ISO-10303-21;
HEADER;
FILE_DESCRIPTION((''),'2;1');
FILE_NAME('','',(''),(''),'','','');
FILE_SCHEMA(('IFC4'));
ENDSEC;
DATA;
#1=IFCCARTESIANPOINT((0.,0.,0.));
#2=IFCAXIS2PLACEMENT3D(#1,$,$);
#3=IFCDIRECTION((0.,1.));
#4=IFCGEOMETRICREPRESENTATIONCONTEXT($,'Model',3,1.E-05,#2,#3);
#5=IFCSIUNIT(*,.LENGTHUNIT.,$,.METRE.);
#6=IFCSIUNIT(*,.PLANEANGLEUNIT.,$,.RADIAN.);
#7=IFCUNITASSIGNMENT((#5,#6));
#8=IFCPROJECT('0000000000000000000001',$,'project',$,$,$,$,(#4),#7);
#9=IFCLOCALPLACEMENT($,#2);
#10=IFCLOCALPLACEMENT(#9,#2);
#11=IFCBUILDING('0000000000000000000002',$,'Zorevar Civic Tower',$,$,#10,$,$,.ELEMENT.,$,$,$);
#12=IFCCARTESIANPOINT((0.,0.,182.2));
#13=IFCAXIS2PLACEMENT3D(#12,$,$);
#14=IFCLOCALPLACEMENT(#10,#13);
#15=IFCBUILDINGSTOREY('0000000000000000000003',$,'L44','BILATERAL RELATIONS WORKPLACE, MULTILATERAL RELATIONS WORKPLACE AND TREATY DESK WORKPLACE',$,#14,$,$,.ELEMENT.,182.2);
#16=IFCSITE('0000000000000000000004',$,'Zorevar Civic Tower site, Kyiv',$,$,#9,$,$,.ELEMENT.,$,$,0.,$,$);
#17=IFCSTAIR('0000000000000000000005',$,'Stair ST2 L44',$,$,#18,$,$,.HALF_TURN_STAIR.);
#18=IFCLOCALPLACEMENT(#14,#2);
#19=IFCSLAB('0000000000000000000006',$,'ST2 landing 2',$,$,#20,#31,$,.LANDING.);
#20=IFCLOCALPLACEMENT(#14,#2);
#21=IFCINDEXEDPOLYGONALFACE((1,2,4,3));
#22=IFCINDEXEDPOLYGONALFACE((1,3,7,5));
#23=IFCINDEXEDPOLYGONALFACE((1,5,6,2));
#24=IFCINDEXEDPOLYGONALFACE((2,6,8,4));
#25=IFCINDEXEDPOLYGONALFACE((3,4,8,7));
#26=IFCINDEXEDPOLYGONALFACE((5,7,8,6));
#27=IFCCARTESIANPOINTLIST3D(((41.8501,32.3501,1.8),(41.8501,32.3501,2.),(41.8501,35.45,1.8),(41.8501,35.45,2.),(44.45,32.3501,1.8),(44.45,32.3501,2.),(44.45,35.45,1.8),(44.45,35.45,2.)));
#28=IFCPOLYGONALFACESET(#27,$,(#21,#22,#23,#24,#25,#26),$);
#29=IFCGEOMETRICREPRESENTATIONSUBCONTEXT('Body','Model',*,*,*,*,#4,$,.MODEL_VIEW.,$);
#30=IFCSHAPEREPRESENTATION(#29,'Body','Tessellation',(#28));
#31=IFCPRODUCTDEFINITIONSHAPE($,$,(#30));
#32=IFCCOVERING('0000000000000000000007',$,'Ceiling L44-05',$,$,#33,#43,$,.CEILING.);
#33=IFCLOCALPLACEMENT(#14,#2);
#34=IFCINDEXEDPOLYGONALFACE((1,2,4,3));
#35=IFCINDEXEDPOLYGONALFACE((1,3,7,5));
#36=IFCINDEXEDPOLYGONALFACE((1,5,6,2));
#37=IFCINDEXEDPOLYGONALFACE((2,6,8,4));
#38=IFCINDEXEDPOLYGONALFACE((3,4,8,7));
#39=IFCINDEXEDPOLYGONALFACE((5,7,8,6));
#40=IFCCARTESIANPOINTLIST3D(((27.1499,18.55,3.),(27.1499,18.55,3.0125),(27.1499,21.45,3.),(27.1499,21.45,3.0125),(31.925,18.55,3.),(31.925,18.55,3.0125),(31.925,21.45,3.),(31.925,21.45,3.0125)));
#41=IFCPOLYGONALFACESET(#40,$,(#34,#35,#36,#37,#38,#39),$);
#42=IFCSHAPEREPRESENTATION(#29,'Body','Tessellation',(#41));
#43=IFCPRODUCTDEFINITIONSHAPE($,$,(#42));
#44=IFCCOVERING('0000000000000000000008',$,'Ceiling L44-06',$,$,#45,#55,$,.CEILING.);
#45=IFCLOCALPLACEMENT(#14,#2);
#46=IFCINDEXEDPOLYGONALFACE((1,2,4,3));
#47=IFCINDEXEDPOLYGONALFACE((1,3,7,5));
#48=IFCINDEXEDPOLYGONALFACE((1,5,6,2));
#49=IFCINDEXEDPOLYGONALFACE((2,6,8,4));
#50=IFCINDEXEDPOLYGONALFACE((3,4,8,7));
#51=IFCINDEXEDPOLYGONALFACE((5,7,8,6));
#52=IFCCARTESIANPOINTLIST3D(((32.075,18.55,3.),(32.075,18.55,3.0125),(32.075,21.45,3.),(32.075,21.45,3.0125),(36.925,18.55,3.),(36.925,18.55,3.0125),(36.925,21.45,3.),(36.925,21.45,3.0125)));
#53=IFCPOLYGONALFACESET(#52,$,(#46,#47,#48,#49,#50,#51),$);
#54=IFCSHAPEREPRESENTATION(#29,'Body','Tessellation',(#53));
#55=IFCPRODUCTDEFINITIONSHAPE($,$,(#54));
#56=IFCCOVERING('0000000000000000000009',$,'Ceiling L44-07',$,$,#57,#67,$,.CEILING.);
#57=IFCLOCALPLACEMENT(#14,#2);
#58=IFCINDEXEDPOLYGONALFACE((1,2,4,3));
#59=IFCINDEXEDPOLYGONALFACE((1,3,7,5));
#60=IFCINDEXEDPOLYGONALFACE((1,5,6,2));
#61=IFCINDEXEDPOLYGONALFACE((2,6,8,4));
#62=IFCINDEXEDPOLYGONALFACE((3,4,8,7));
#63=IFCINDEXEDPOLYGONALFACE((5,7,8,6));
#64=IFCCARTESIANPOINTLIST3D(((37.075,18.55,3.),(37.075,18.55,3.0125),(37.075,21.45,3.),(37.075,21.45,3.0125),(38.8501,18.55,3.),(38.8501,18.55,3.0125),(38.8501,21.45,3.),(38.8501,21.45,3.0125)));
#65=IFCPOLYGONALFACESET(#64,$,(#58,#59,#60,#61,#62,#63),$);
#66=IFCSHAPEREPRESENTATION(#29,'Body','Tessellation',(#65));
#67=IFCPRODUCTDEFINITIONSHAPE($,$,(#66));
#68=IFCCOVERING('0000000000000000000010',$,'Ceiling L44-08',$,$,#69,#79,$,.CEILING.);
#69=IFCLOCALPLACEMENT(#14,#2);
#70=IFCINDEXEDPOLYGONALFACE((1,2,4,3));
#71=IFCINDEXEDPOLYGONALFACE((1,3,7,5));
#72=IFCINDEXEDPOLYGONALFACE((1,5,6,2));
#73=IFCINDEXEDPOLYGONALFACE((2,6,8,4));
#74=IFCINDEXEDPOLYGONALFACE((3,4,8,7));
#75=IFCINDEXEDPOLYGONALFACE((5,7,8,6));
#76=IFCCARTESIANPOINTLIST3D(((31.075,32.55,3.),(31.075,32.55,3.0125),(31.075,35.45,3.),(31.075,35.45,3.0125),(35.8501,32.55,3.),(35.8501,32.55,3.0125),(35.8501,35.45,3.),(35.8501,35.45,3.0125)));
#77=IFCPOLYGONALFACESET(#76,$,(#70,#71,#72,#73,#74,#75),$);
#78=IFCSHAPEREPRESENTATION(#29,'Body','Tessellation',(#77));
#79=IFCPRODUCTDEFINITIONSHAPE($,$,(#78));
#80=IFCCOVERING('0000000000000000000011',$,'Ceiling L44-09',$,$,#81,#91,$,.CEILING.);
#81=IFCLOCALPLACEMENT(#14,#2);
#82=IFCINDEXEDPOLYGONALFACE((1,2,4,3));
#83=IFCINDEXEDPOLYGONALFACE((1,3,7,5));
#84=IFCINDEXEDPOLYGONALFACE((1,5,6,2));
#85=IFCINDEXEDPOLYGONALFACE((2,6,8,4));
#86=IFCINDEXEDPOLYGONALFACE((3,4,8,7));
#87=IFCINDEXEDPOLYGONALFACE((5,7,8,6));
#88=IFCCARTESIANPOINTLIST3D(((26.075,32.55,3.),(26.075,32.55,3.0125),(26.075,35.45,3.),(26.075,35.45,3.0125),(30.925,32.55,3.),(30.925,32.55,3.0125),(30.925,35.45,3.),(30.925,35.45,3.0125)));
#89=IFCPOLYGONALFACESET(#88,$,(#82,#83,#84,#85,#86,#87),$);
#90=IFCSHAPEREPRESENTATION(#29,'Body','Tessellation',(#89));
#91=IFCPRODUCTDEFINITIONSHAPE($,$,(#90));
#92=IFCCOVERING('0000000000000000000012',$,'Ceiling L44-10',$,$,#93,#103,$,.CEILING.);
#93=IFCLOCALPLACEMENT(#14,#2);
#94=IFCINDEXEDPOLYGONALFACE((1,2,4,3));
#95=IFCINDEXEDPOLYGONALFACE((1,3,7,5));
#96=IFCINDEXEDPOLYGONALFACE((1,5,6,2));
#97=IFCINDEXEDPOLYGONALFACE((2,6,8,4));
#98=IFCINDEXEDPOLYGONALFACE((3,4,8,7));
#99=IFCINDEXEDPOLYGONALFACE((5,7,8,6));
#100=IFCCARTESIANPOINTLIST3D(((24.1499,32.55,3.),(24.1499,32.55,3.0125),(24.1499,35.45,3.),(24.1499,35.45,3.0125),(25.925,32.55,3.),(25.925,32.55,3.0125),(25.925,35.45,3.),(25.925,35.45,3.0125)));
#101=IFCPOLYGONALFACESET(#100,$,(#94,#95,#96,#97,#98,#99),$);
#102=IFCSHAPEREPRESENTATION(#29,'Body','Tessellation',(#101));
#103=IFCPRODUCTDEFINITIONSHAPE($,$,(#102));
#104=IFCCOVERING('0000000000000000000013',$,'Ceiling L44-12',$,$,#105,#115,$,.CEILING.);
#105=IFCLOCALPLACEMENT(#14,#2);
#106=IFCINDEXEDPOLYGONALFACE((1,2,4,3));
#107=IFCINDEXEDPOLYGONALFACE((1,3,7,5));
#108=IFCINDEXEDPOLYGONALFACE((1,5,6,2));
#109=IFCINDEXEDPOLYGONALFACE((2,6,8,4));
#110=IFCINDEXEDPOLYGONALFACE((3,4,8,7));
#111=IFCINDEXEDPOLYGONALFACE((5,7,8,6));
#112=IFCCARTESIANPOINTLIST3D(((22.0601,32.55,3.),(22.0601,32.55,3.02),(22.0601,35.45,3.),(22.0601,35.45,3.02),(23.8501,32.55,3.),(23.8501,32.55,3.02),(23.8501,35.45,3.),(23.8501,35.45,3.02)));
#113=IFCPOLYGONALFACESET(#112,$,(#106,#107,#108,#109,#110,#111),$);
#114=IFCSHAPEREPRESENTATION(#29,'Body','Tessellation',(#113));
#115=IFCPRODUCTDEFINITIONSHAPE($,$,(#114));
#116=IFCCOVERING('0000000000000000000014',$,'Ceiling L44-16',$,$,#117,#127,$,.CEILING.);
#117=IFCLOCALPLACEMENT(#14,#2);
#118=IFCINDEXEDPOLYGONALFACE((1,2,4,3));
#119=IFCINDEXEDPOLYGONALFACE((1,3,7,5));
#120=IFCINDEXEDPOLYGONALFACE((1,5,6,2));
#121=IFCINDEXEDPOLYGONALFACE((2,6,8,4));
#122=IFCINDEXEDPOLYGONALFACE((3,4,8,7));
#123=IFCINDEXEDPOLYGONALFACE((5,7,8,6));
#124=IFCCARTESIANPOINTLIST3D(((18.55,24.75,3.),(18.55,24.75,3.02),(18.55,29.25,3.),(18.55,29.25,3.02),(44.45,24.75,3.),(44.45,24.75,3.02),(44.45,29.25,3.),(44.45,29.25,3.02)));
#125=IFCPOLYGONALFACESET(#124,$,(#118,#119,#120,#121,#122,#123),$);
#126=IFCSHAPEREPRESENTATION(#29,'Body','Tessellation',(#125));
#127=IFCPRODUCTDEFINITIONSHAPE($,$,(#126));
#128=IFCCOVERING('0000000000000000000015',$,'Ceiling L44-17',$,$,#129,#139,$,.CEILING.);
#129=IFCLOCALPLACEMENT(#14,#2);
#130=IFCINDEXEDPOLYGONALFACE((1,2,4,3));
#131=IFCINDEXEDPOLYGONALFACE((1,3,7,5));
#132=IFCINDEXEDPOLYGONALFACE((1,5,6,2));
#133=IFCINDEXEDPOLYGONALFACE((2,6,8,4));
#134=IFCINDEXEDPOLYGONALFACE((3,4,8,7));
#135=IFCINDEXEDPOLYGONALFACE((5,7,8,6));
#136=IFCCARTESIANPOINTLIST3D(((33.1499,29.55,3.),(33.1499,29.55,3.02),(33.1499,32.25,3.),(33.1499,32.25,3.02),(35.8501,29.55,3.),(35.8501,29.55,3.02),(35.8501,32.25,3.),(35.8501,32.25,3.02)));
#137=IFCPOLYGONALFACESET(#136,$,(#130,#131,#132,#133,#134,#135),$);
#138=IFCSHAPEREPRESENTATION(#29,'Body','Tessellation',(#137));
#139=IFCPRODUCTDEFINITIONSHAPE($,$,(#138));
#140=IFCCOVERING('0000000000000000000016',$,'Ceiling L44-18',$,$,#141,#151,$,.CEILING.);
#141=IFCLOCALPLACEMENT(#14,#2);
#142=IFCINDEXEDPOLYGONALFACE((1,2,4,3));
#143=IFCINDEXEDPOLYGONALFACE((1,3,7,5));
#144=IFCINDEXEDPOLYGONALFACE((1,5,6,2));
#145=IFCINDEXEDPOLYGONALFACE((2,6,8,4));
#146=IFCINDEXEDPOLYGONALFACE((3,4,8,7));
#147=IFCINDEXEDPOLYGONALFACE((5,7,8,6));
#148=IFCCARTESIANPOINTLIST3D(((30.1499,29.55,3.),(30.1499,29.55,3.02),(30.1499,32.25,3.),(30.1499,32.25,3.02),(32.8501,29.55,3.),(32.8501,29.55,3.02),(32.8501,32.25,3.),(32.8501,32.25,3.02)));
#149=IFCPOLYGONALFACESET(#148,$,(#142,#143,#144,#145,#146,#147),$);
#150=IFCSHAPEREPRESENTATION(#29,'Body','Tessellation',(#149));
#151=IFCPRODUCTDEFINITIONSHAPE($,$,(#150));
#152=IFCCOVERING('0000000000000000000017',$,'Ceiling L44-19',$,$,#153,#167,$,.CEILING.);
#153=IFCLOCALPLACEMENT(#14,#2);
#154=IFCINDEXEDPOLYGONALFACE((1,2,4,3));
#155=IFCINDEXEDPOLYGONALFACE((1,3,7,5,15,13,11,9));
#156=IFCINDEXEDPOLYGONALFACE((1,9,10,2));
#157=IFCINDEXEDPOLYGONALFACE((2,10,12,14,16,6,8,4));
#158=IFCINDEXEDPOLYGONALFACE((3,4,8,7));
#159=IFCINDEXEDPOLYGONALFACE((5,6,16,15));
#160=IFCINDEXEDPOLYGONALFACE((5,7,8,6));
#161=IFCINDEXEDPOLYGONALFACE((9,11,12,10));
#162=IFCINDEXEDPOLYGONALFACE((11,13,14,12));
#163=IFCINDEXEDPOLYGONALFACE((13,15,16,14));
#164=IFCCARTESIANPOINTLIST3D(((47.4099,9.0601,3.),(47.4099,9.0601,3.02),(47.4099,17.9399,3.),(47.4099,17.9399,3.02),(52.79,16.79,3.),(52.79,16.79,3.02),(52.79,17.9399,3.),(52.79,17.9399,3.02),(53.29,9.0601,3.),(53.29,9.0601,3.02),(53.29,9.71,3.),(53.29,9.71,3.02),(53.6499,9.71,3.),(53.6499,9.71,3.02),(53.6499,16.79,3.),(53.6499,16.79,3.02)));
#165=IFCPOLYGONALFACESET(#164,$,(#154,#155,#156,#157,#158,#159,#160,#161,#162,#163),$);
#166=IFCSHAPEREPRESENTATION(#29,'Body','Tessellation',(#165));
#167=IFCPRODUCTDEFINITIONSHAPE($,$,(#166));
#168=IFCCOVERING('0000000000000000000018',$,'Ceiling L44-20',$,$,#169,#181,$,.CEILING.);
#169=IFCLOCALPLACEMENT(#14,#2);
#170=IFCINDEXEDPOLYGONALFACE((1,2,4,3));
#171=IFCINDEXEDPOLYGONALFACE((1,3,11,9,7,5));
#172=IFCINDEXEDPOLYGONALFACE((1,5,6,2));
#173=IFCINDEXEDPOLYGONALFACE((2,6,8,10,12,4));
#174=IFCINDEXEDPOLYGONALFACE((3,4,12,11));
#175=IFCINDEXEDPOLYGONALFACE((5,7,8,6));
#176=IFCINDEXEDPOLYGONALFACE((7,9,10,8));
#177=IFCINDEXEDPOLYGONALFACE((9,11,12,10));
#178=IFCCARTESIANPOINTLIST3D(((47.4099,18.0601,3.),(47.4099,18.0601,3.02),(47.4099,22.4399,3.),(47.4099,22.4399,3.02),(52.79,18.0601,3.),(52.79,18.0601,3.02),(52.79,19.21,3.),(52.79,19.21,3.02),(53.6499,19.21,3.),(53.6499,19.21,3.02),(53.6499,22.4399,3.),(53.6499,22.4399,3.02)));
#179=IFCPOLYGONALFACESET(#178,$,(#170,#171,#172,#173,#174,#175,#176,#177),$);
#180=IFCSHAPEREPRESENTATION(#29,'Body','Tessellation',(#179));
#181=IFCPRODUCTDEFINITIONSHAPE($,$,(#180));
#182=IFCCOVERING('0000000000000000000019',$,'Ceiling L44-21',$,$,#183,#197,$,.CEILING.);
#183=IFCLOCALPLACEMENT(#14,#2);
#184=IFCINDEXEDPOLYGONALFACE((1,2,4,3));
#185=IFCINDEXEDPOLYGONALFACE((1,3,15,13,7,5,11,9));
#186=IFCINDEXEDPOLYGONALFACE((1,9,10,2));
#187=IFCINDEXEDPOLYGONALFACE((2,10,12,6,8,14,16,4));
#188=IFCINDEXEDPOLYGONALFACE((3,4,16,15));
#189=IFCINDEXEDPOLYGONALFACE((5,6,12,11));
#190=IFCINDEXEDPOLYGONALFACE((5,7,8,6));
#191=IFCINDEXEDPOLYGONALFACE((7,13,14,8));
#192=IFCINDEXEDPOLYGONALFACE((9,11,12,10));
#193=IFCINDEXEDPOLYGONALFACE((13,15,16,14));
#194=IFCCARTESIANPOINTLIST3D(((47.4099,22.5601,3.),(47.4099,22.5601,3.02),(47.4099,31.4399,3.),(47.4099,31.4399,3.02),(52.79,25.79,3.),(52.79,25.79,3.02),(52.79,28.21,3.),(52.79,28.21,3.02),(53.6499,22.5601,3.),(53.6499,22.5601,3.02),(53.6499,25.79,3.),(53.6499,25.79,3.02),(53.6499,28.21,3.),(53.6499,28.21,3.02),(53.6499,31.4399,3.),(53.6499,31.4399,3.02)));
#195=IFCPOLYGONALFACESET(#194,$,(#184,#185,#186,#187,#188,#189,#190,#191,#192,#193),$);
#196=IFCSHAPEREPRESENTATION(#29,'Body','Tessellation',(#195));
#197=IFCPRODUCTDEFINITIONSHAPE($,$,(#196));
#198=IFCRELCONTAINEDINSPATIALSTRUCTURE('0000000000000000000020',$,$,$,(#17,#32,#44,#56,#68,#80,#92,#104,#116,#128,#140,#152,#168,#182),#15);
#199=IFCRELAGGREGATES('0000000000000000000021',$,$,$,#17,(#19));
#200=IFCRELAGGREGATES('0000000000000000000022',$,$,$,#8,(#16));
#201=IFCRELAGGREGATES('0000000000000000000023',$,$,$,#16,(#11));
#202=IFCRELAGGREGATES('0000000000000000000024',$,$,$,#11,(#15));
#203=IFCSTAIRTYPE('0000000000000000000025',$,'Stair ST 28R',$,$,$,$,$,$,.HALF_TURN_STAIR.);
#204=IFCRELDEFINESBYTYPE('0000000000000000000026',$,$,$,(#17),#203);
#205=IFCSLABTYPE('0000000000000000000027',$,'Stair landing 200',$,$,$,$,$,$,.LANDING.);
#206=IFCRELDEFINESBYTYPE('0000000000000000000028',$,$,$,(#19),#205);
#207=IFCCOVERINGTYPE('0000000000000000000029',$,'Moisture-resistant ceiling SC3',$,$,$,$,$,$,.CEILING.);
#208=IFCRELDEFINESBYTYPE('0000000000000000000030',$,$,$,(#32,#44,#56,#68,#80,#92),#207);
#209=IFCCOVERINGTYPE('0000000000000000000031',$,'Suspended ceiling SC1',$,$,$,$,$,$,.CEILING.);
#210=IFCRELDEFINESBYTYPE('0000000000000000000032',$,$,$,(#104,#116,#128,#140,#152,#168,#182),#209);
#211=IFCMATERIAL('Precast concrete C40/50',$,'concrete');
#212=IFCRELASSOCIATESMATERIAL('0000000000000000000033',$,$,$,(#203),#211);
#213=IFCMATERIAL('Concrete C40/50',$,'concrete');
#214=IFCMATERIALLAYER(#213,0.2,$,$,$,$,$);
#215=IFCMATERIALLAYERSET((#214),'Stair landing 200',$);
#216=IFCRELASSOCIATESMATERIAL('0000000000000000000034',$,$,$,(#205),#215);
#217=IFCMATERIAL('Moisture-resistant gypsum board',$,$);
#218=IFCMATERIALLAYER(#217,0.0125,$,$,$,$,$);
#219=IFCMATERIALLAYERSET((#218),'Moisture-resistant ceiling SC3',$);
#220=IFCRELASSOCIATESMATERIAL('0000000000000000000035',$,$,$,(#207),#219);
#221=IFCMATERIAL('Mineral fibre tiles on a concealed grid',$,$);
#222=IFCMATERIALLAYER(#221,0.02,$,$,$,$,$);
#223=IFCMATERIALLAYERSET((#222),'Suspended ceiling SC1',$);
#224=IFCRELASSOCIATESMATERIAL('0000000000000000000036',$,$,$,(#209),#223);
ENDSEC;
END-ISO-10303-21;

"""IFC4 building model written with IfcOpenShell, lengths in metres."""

from ifc_helpers import new_model, si_unit, direction, frame, origin, place, context, subcontext, project, spatial, polyline, outline, extrude, material, layer, layer_set, type_object, element, aggregate, save


model = new_model("IFC4")

# Units and contexts
model_context = context("Model", 3, precision=1e-05, world=origin(), true_north=direction((0.0, 1.0)))
body_context = subcontext(model_context, "Body", "Model", "MODEL_VIEW")
ifc_project = project(units=[si_unit("LENGTHUNIT", "METRE"), si_unit("PLANEANGLEUNIT", "RADIAN")], contexts=[model_context])

# Site, building, storey
site_placement = place(None, origin())
site = spatial("IfcSite", under=ifc_project, at=site_placement, Name="Zorevar Civic Tower site, Kyiv", CompositionType="ELEMENT", RefElevation=0.0)
building_placement = place(site_placement, origin())
building = spatial("IfcBuilding", under=site, at=building_placement, Name="Zorevar Civic Tower", CompositionType="ELEMENT")
storey_placement = place(building_placement, frame((0.0, 0.0, 182.2)))
storey = spatial("IfcBuildingStorey", under=building, at=storey_placement, Name="L44", Description="BILATERAL RELATIONS WORKPLACE, MULTILATERAL RELATIONS WORKPLACE AND TREATY DESK WORKPLACE", CompositionType="ELEMENT", Elevation=182.2)

# Stair, slab
ifc_material_1 = material(Name="Precast concrete C40/50", Category="concrete")
stair_type = type_object("IfcStairType", Name="Stair ST 28R", PredefinedType="HALF_TURN_STAIR", material=ifc_material_1)
ifc_material_2 = material(Name="Concrete C40/50", Category="concrete")
ifc_layer_1 = layer(ifc_material_2, 0.2)
ifc_layer_set_1 = layer_set([ifc_layer_1], Name="Stair landing 200")
slab_type_1 = type_object("IfcSlabType", Name="Stair landing 200", PredefinedType="LANDING", material=ifc_layer_set_1)
stair_1_placement = place(storey_placement, origin())
stair_1 = element("IfcStair", 1, at=stair_1_placement, inside=storey, type_object=stair_type, Name="Stair ST2 L44", PredefinedType="HALF_TURN_STAIR")
slab_1_placement = place(storey_placement, frame((0.0, 0.0, 1.8)))
slab_1 = element("IfcSlab", 2, at=slab_1_placement, type_object=slab_type_1, Name="ST2 landing 2", PredefinedType="LANDING", context=body_context, shape_type="SweptSolid", body=[
    extrude(outline(polyline([(44.45, 32.3501), (41.8501, 32.3501), (41.8501, 35.45), (44.45, 35.45), (44.45, 32.3501)])), origin(), (0.0, 0.0, 1.0), 0.2),
])
aggregate(stair_1, [slab_1])

# Coverings
ifc_material_3 = material(Name="Moisture-resistant gypsum board")
ifc_layer_2 = layer(ifc_material_3, 0.0125)
ifc_layer_set_2 = layer_set([ifc_layer_2], Name="Moisture-resistant ceiling SC3")
covering_type_1 = type_object("IfcCoveringType", Name="Moisture-resistant ceiling SC3", PredefinedType="CEILING", material=ifc_layer_set_2)
covering_1_placement = place(storey_placement, frame((0.0, 0.0, 3.0)))
element("IfcCovering", 3, at=covering_1_placement, inside=storey, type_object=covering_type_1, Name="Ceiling L44-05", PredefinedType="CEILING", context=body_context, shape_type="SweptSolid", body=[
    extrude(outline(polyline([(31.925, 18.55), (31.925, 21.45), (27.1499, 21.45), (27.1499, 18.55), (31.925, 18.55)])), origin(), (0.0, 0.0, 1.0), 0.0125),
])
covering_2_placement = place(storey_placement, frame((0.0, 0.0, 3.0)))
element("IfcCovering", 4, at=covering_2_placement, inside=storey, type_object=covering_type_1, Name="Ceiling L44-06", PredefinedType="CEILING", context=body_context, shape_type="SweptSolid", body=[
    extrude(outline(polyline([(36.925, 18.55), (36.925, 21.45), (32.075, 21.45), (32.075, 18.55), (36.925, 18.55)])), origin(), (0.0, 0.0, 1.0), 0.0125),
])
covering_3_placement = place(storey_placement, frame((0.0, 0.0, 3.0)))
element("IfcCovering", 5, at=covering_3_placement, inside=storey, type_object=covering_type_1, Name="Ceiling L44-07", PredefinedType="CEILING", context=body_context, shape_type="SweptSolid", body=[
    extrude(outline(polyline([(38.8501, 18.55), (38.8501, 21.45), (37.075, 21.45), (37.075, 18.55), (38.8501, 18.55)])), origin(), (0.0, 0.0, 1.0), 0.0125),
])
covering_4_placement = place(storey_placement, frame((0.0, 0.0, 3.0)))
element("IfcCovering", 6, at=covering_4_placement, inside=storey, type_object=covering_type_1, Name="Ceiling L44-08", PredefinedType="CEILING", context=body_context, shape_type="SweptSolid", body=[
    extrude(outline(polyline([(35.8501, 32.55), (35.8501, 35.45), (31.075, 35.45), (31.075, 32.55), (35.8501, 32.55)])), origin(), (0.0, 0.0, 1.0), 0.0125),
])
covering_5_placement = place(storey_placement, frame((0.0, 0.0, 3.0)))
element("IfcCovering", 7, at=covering_5_placement, inside=storey, type_object=covering_type_1, Name="Ceiling L44-09", PredefinedType="CEILING", context=body_context, shape_type="SweptSolid", body=[
    extrude(outline(polyline([(30.925, 32.55), (30.925, 35.45), (26.075, 35.45), (26.075, 32.55), (30.925, 32.55)])), origin(), (0.0, 0.0, 1.0), 0.0125),
])
covering_6_placement = place(storey_placement, frame((0.0, 0.0, 3.0)))
element("IfcCovering", 8, at=covering_6_placement, inside=storey, type_object=covering_type_1, Name="Ceiling L44-10", PredefinedType="CEILING", context=body_context, shape_type="SweptSolid", body=[
    extrude(outline(polyline([(25.925, 32.55), (25.925, 35.45), (24.1499, 35.45), (24.1499, 32.55), (25.925, 32.55)])), origin(), (0.0, 0.0, 1.0), 0.0125),
])
ifc_material_4 = material(Name="Mineral fibre tiles on a concealed grid")
ifc_layer_3 = layer(ifc_material_4, 0.02)
ifc_layer_set_3 = layer_set([ifc_layer_3], Name="Suspended ceiling SC1")
covering_type_2 = type_object("IfcCoveringType", Name="Suspended ceiling SC1", PredefinedType="CEILING", material=ifc_layer_set_3)
covering_7_placement = place(storey_placement, frame((0.0, 0.0, 3.0)))
element("IfcCovering", 9, at=covering_7_placement, inside=storey, type_object=covering_type_2, Name="Ceiling L44-12", PredefinedType="CEILING", context=body_context, shape_type="SweptSolid", body=[
    extrude(outline(polyline([(23.8501, 32.55), (23.8501, 35.45), (22.0601, 35.45), (22.0601, 32.55), (23.8501, 32.55)])), origin(), (0.0, 0.0, 1.0), 0.02),
])
covering_8_placement = place(storey_placement, frame((0.0, 0.0, 3.0)))
element("IfcCovering", 10, at=covering_8_placement, inside=storey, type_object=covering_type_2, Name="Ceiling L44-16", PredefinedType="CEILING", context=body_context, shape_type="SweptSolid", body=[
    extrude(outline(polyline([(44.45, 24.75), (44.45, 29.25), (18.55, 29.25), (18.55, 24.75), (44.45, 24.75)])), origin(), (0.0, 0.0, 1.0), 0.02),
])
covering_9_placement = place(storey_placement, frame((0.0, 0.0, 3.0)))
element("IfcCovering", 11, at=covering_9_placement, inside=storey, type_object=covering_type_2, Name="Ceiling L44-17", PredefinedType="CEILING", context=body_context, shape_type="SweptSolid", body=[
    extrude(outline(polyline([(35.8501, 29.55), (35.8501, 32.25), (33.1499, 32.25), (33.1499, 29.55), (35.8501, 29.55)])), origin(), (0.0, 0.0, 1.0), 0.02),
])
covering_10_placement = place(storey_placement, frame((0.0, 0.0, 3.0)))
element("IfcCovering", 12, at=covering_10_placement, inside=storey, type_object=covering_type_2, Name="Ceiling L44-18", PredefinedType="CEILING", context=body_context, shape_type="SweptSolid", body=[
    extrude(outline(polyline([(32.8501, 29.55), (32.8501, 32.25), (30.1499, 32.25), (30.1499, 29.55), (32.8501, 29.55)])), origin(), (0.0, 0.0, 1.0), 0.02),
])
covering_11_placement = place(storey_placement, frame((0.0, 0.0, 3.0)))
element("IfcCovering", 13, at=covering_11_placement, inside=storey, type_object=covering_type_2, Name="Ceiling L44-19", PredefinedType="CEILING", context=body_context, shape_type="SweptSolid", body=[
    extrude(outline(polyline([(53.6499, 9.71), (53.29, 9.71), (53.29, 9.0601), (47.4099, 9.0601), (47.4099, 17.9399), (52.79, 17.9399), (52.79, 16.79), (53.6499, 16.79), (53.6499, 9.71)])), origin(), (0.0, 0.0, 1.0), 0.02),
])
covering_12_placement = place(storey_placement, frame((0.0, 0.0, 3.0)))
element("IfcCovering", 14, at=covering_12_placement, inside=storey, type_object=covering_type_2, Name="Ceiling L44-20", PredefinedType="CEILING", context=body_context, shape_type="SweptSolid", body=[
    extrude(outline(polyline([(47.4099, 22.4399), (53.6499, 22.4399), (53.6499, 19.21), (52.79, 19.21), (52.79, 18.0601), (47.4099, 18.0601), (47.4099, 22.4399)])), origin(), (0.0, 0.0, 1.0), 0.02),
])
covering_13_placement = place(storey_placement, frame((0.0, 0.0, 3.0)))
element("IfcCovering", 15, at=covering_13_placement, inside=storey, type_object=covering_type_2, Name="Ceiling L44-21", PredefinedType="CEILING", context=body_context, shape_type="SweptSolid", body=[
    extrude(outline(polyline([(47.4099, 31.4399), (53.6499, 31.4399), (53.6499, 28.21), (52.79, 28.21), (52.79, 25.79), (53.6499, 25.79), (53.6499, 22.5601), (47.4099, 22.5601), (47.4099, 31.4399)])), origin(), (0.0, 0.0, 1.0), 0.02),
])

save(model, "model.ifc")
